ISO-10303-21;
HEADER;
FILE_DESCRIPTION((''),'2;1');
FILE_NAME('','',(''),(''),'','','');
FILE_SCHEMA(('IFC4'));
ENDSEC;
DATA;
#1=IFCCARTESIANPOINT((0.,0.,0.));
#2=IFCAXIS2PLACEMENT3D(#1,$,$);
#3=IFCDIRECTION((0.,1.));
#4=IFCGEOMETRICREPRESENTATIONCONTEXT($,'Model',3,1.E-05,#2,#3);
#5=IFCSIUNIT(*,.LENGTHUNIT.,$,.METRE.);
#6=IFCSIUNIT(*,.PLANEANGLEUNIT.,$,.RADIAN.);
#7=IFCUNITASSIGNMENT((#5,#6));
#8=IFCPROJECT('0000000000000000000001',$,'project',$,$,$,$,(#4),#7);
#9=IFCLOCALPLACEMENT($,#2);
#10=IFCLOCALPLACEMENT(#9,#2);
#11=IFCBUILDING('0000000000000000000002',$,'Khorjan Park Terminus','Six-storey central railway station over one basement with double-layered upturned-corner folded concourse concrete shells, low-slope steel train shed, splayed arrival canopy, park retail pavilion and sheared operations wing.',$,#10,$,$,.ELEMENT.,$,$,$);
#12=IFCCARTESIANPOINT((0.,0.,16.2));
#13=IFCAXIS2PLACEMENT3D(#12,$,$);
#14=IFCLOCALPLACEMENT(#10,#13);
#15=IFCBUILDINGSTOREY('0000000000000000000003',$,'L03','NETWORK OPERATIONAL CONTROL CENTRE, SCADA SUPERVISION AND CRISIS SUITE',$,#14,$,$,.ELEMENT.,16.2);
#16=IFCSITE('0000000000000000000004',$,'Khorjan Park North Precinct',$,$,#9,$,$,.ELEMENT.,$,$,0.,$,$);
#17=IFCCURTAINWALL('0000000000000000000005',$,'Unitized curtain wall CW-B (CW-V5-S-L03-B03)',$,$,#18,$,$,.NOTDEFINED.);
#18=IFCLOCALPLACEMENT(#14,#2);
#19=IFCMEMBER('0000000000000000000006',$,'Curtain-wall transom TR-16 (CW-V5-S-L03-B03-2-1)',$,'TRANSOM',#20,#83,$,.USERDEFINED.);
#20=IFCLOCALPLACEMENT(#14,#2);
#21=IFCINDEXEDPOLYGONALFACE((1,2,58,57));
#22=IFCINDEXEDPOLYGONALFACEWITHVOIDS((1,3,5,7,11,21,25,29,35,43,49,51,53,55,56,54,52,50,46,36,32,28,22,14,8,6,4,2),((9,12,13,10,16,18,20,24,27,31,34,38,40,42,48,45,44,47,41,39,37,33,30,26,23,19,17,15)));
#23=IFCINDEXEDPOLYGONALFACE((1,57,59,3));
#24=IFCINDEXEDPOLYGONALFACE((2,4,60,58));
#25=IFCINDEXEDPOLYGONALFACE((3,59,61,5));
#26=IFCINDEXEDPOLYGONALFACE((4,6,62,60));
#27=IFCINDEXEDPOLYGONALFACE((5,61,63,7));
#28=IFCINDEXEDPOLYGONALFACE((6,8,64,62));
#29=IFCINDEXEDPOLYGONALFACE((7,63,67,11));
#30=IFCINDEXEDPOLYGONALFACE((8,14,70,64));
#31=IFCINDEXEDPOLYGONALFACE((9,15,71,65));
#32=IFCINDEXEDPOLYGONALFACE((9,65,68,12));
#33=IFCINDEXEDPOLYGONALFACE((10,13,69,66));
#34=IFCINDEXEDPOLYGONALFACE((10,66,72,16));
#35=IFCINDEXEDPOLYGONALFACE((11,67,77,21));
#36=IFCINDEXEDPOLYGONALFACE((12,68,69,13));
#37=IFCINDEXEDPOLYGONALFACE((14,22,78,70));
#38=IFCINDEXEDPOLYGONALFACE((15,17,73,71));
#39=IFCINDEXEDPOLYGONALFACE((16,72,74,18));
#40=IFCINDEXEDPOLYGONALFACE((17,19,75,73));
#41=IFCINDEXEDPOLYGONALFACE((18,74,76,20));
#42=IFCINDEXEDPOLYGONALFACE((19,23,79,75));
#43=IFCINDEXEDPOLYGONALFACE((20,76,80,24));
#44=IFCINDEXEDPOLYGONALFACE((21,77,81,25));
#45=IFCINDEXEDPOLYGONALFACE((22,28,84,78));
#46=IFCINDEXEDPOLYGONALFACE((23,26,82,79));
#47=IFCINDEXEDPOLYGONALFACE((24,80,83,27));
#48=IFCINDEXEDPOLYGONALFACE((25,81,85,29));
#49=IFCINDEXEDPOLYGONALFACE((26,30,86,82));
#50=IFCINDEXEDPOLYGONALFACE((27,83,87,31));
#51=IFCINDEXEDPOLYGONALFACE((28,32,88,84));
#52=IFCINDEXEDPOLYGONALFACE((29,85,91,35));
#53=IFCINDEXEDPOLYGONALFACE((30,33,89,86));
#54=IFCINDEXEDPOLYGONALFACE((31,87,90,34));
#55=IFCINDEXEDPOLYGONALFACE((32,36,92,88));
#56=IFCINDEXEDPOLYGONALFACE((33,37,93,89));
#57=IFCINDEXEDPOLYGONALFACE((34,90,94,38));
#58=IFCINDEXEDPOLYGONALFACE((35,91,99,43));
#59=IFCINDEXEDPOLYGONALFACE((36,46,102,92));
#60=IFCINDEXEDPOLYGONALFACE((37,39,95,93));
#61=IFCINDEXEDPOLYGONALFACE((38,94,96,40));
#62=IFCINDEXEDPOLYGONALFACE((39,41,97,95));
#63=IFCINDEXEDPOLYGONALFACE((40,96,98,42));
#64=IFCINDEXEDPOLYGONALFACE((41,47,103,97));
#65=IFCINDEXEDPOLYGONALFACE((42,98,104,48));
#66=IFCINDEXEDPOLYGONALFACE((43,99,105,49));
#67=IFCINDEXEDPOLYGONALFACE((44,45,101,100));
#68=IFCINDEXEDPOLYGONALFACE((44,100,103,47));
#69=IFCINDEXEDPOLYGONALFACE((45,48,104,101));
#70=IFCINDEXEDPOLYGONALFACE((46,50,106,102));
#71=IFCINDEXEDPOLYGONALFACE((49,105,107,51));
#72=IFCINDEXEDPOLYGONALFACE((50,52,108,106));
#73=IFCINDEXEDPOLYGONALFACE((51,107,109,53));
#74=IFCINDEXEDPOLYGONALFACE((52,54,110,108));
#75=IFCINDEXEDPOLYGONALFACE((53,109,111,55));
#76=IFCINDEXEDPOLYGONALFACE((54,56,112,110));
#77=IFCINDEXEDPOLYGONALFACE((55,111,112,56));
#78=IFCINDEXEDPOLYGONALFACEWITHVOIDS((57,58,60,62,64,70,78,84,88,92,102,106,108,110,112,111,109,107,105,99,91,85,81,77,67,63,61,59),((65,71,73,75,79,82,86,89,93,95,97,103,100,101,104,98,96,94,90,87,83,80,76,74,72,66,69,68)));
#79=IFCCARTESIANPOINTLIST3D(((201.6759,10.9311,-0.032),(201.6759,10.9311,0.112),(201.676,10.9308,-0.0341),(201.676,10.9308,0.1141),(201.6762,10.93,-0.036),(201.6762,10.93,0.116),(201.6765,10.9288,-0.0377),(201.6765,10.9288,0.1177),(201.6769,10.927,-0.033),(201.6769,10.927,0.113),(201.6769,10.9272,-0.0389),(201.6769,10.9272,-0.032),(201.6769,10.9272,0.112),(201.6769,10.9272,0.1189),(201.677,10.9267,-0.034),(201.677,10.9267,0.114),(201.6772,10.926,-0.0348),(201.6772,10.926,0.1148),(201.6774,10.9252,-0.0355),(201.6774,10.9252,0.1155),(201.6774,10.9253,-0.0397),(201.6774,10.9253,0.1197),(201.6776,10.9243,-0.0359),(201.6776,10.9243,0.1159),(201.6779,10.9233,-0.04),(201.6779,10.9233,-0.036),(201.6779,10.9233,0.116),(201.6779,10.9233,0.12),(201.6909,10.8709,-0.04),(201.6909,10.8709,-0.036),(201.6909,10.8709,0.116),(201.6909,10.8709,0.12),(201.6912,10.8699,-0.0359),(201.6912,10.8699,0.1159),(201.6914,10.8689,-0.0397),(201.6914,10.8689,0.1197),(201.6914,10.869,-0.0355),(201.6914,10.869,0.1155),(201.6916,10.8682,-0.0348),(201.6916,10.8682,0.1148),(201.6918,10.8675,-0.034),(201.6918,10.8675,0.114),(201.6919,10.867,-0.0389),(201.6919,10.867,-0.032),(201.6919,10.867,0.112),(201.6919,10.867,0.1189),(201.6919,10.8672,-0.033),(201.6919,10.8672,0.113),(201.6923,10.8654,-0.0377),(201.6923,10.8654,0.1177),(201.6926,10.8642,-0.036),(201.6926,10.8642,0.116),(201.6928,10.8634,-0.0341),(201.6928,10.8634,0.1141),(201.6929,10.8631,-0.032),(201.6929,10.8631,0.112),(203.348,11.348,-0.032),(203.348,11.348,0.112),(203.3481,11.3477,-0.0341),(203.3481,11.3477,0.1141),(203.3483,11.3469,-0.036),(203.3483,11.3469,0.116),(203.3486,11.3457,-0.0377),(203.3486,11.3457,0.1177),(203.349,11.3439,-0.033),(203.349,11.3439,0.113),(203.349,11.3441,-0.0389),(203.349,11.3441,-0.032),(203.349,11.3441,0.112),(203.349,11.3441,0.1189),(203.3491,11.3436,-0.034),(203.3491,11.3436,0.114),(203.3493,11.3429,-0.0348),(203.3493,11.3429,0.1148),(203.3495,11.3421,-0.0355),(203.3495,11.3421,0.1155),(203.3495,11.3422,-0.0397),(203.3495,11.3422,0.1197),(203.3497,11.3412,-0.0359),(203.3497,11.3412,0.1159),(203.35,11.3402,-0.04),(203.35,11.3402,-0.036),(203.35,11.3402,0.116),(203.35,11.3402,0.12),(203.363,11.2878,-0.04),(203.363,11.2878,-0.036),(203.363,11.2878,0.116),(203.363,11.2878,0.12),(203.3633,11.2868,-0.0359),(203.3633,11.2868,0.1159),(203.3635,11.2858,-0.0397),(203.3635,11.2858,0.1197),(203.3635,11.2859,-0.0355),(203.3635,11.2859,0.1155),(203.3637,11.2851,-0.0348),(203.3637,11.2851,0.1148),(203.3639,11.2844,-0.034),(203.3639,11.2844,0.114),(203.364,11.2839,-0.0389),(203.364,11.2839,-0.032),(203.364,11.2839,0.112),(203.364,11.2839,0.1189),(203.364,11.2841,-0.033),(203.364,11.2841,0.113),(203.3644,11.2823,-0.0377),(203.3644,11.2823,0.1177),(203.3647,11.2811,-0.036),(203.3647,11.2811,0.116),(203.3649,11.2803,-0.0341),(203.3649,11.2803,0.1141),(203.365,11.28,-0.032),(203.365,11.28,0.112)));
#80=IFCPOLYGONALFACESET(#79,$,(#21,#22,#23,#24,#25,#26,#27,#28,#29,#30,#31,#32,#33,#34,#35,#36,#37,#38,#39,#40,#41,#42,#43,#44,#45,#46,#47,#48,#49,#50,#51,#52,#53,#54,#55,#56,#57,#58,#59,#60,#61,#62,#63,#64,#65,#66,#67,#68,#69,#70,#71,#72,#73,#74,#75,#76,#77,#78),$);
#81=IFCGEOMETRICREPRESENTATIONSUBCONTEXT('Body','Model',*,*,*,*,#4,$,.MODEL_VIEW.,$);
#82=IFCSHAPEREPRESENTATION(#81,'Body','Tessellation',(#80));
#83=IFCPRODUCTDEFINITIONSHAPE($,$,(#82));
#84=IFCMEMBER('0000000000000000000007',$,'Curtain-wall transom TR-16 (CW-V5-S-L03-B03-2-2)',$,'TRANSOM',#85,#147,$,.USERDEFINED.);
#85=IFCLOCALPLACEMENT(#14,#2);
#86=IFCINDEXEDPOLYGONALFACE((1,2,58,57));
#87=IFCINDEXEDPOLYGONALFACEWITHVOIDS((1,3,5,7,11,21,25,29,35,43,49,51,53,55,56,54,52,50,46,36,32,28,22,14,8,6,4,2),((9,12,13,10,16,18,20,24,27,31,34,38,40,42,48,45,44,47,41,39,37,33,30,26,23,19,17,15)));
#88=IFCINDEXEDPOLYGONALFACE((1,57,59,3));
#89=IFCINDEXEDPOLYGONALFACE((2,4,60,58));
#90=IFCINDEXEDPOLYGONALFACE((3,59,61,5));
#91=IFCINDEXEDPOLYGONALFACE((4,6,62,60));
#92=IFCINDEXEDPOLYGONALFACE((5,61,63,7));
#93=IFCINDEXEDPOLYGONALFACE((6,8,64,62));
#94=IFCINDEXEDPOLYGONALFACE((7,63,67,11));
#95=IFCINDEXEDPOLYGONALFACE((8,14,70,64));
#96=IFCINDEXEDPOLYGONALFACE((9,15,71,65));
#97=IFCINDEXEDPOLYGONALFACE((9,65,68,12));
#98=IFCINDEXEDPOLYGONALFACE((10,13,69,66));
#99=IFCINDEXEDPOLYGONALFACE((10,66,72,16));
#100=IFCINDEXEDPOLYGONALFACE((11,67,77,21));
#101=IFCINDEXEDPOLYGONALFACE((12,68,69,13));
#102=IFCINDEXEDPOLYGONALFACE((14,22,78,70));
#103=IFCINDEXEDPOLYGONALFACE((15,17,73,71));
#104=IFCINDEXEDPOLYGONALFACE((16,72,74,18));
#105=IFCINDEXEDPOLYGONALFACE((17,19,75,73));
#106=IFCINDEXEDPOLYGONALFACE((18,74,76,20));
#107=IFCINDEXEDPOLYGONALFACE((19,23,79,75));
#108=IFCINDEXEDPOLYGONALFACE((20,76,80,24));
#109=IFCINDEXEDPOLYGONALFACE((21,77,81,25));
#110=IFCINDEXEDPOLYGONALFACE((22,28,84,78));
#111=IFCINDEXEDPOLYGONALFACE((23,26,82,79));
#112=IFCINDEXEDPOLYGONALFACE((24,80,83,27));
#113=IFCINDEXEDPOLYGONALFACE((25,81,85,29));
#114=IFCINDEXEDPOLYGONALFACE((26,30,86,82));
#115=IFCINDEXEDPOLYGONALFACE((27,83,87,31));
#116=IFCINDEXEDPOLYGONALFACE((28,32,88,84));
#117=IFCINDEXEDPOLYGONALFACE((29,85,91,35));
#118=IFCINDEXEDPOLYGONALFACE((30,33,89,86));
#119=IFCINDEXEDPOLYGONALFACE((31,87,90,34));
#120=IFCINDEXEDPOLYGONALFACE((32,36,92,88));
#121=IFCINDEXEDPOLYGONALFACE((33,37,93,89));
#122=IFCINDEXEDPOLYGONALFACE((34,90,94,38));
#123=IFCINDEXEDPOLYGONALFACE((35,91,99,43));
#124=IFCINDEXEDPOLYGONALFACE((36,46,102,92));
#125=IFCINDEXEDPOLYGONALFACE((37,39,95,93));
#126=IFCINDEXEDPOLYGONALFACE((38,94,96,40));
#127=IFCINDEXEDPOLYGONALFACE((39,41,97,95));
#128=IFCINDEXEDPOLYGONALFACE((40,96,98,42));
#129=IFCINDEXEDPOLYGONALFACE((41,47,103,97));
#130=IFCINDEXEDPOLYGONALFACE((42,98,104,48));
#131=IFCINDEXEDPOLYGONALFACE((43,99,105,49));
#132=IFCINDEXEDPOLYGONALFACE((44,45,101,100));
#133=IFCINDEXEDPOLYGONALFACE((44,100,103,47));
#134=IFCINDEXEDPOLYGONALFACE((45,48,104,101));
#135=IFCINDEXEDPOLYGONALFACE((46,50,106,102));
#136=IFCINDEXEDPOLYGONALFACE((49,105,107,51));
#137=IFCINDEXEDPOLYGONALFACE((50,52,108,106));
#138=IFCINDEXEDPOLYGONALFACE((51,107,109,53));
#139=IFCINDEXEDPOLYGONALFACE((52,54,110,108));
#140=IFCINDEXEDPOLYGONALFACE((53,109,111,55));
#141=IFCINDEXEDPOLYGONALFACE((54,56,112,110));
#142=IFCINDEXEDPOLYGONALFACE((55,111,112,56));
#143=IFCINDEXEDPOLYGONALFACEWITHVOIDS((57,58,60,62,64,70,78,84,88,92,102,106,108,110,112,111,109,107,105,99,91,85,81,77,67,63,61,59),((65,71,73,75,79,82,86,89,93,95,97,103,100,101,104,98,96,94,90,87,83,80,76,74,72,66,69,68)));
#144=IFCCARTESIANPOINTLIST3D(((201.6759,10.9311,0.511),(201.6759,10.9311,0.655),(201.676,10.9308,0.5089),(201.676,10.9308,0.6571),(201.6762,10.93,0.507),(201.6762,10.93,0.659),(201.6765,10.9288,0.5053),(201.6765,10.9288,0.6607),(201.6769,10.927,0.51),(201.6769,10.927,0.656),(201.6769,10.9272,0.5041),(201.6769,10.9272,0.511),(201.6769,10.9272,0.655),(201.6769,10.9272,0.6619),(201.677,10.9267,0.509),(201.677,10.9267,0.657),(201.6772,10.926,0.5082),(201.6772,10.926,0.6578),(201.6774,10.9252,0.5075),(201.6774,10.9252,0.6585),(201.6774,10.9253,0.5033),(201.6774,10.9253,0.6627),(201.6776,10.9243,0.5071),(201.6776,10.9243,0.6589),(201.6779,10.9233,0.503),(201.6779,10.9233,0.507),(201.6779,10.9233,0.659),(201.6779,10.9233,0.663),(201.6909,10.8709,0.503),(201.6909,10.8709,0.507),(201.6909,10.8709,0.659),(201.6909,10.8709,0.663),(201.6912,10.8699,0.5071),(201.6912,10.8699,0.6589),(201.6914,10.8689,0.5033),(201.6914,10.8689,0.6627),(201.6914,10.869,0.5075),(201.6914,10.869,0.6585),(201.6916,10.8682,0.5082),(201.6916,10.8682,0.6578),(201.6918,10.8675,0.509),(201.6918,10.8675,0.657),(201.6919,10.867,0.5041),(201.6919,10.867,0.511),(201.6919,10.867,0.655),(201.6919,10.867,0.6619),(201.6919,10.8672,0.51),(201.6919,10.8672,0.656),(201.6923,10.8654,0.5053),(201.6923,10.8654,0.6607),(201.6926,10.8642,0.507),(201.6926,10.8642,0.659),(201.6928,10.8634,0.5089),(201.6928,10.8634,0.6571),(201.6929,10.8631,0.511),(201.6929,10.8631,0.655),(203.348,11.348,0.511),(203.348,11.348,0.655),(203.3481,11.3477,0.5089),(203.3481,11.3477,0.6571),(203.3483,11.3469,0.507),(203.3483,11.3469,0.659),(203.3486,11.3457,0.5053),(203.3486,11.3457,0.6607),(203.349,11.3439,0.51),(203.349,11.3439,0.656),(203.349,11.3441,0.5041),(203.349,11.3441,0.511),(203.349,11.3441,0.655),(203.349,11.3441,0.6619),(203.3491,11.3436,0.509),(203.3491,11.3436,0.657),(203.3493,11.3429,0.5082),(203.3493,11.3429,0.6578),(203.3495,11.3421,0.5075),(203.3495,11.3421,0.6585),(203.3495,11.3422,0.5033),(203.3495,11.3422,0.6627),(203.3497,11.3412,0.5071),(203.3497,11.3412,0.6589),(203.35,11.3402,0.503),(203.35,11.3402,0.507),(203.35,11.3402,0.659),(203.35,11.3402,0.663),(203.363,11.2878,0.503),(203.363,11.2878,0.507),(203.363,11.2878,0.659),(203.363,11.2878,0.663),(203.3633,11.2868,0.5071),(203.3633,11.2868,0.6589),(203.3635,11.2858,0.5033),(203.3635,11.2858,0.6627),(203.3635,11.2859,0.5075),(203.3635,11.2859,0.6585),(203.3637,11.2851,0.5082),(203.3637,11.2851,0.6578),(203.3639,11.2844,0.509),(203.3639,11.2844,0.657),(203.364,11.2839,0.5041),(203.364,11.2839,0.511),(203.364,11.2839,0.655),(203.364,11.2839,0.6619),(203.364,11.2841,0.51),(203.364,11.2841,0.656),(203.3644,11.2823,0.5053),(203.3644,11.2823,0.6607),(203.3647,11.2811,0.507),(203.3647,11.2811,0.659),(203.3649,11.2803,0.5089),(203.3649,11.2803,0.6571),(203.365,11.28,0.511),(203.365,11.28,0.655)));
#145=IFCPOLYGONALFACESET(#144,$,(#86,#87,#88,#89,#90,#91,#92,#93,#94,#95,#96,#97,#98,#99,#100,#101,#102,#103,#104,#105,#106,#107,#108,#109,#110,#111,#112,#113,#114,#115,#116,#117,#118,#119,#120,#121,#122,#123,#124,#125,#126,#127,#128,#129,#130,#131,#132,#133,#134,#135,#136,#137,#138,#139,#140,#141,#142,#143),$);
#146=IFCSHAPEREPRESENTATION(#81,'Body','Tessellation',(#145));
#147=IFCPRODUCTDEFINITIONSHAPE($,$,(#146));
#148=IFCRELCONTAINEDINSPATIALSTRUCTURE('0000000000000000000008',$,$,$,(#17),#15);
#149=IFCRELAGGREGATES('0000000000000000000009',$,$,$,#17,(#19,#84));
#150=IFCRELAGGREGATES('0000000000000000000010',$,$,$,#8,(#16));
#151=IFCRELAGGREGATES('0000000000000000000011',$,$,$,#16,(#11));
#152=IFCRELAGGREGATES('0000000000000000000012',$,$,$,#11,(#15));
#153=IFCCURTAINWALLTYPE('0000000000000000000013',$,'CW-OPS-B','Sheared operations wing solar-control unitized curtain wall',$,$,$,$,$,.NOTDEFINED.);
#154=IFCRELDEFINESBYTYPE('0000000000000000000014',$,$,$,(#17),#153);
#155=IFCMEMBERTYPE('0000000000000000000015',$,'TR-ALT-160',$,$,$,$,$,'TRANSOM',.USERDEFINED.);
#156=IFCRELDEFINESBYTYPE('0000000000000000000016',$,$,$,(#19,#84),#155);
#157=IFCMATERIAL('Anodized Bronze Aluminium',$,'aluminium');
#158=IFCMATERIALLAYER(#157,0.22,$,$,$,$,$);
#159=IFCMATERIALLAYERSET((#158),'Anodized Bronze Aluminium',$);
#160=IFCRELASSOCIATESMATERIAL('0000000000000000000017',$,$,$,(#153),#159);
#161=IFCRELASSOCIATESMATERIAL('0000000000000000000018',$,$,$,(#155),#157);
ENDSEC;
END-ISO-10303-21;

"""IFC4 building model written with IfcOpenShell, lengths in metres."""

from ifc_helpers import new_model, si_unit, direction, frame, origin, origin_2d, place, context, subcontext, project, spatial, hollow_rectangle, extrude, material, layer, layer_set, material_profile, profile_set, type_object, element, aggregate, save


model = new_model("IFC4")

# Units and contexts
model_context = context("Model", 3, precision=1e-05, world=origin(), true_north=direction((0.0, 1.0)))
body_context = subcontext(model_context, "Body", "Model", "MODEL_VIEW")
ifc_project = project(units=[si_unit("LENGTHUNIT", "METRE"), si_unit("PLANEANGLEUNIT", "RADIAN")], contexts=[model_context])

# Site, building, storey
site_placement = place(None, origin())
site = spatial("IfcSite", under=ifc_project, at=site_placement, Name="Khorjan Park North Precinct", CompositionType="ELEMENT", RefElevation=0.0)
building_placement = place(site_placement, origin())
building = spatial("IfcBuilding", under=site, at=building_placement, Name="Khorjan Park Terminus", Description="Six-storey central railway station over one basement with double-layered upturned-corner folded concourse concrete shells, low-slope steel train shed, splayed arrival canopy, park retail pavilion and sheared operations wing.", CompositionType="ELEMENT")
storey_placement = place(building_placement, frame((0.0, 0.0, 16.2)))
storey = spatial("IfcBuildingStorey", under=building, at=storey_placement, Name="L03", Description="NETWORK OPERATIONAL CONTROL CENTRE, SCADA SUPERVISION AND CRISIS SUITE", CompositionType="ELEMENT", Elevation=16.2)

# Curtain wall, members
ifc_material_1 = material(Name="Anodized Bronze Aluminium", Category="aluminium")
ifc_layer_1 = layer(ifc_material_1, 0.22)
ifc_layer_set_1 = layer_set([ifc_layer_1], Name="Anodized Bronze Aluminium")
curtain_wall_type = type_object("IfcCurtainWallType", Name="CW-OPS-B", Description="Sheared operations wing solar-control unitized curtain wall", PredefinedType="NOTDEFINED", material=ifc_layer_set_1)
curtain_wall_placement = place(storey_placement, origin())
curtain_wall = element("IfcCurtainWall", 1, at=curtain_wall_placement, inside=storey, type_object=curtain_wall_type, Name="Unitized curtain wall CW-B (CW-V5-S-L03-B03)", PredefinedType="NOTDEFINED")
ifc_material_profile_1 = material_profile(ifc_material_1, hollow_rectangle(XDim=0.07, YDim=0.16, WallThickness=0.004, InnerFilletRadius=0.004, OuterFilletRadius=0.008, at=origin_2d()), Name="ALT 70x160x4")
ifc_profile_set_1 = profile_set([ifc_material_profile_1], Name="Anodized Bronze Aluminium")
member_type_1 = type_object("IfcMemberType", Name="TR-ALT-160", ElementType="TRANSOM", PredefinedType="USERDEFINED", material=ifc_profile_set_1)
member_1_placement = place(storey_placement, frame((201.6844, 10.8971, 0.04), z_axis=(0.970296, 0.241921, 0.0), x_axis=(-0.241921, 0.970296, 0.0)))
member_1 = element("IfcMember", 2, at=member_1_placement, type_object=member_type_1, Name="Curtain-wall transom TR-16 (CW-V5-S-L03-B03-2-1)", ObjectType="TRANSOM", PredefinedType="USERDEFINED", context=body_context, shape_type="SweptSolid", body=[
    extrude(hollow_rectangle(XDim=0.07, YDim=0.16, WallThickness=0.004, InnerFilletRadius=0.004, OuterFilletRadius=0.008, at=origin_2d()), origin(), (0.0, 0.0, 1.0), 1.7233),
])
member_2_placement = place(storey_placement, frame((201.6844, 10.8971, 0.583), z_axis=(0.970296, 0.241921, 0.0), x_axis=(-0.241921, 0.970296, 0.0)))
member_2 = element("IfcMember", 3, at=member_2_placement, type_object=member_type_1, Name="Curtain-wall transom TR-16 (CW-V5-S-L03-B03-2-2)", ObjectType="TRANSOM", PredefinedType="USERDEFINED", context=body_context, shape_type="SweptSolid", body=[
    extrude(hollow_rectangle(XDim=0.07, YDim=0.16, WallThickness=0.004, InnerFilletRadius=0.004, OuterFilletRadius=0.008, at=origin_2d()), origin(), (0.0, 0.0, 1.0), 1.7233),
])
aggregate(curtain_wall, [member_1, member_2])

save(model, "model.ifc")
